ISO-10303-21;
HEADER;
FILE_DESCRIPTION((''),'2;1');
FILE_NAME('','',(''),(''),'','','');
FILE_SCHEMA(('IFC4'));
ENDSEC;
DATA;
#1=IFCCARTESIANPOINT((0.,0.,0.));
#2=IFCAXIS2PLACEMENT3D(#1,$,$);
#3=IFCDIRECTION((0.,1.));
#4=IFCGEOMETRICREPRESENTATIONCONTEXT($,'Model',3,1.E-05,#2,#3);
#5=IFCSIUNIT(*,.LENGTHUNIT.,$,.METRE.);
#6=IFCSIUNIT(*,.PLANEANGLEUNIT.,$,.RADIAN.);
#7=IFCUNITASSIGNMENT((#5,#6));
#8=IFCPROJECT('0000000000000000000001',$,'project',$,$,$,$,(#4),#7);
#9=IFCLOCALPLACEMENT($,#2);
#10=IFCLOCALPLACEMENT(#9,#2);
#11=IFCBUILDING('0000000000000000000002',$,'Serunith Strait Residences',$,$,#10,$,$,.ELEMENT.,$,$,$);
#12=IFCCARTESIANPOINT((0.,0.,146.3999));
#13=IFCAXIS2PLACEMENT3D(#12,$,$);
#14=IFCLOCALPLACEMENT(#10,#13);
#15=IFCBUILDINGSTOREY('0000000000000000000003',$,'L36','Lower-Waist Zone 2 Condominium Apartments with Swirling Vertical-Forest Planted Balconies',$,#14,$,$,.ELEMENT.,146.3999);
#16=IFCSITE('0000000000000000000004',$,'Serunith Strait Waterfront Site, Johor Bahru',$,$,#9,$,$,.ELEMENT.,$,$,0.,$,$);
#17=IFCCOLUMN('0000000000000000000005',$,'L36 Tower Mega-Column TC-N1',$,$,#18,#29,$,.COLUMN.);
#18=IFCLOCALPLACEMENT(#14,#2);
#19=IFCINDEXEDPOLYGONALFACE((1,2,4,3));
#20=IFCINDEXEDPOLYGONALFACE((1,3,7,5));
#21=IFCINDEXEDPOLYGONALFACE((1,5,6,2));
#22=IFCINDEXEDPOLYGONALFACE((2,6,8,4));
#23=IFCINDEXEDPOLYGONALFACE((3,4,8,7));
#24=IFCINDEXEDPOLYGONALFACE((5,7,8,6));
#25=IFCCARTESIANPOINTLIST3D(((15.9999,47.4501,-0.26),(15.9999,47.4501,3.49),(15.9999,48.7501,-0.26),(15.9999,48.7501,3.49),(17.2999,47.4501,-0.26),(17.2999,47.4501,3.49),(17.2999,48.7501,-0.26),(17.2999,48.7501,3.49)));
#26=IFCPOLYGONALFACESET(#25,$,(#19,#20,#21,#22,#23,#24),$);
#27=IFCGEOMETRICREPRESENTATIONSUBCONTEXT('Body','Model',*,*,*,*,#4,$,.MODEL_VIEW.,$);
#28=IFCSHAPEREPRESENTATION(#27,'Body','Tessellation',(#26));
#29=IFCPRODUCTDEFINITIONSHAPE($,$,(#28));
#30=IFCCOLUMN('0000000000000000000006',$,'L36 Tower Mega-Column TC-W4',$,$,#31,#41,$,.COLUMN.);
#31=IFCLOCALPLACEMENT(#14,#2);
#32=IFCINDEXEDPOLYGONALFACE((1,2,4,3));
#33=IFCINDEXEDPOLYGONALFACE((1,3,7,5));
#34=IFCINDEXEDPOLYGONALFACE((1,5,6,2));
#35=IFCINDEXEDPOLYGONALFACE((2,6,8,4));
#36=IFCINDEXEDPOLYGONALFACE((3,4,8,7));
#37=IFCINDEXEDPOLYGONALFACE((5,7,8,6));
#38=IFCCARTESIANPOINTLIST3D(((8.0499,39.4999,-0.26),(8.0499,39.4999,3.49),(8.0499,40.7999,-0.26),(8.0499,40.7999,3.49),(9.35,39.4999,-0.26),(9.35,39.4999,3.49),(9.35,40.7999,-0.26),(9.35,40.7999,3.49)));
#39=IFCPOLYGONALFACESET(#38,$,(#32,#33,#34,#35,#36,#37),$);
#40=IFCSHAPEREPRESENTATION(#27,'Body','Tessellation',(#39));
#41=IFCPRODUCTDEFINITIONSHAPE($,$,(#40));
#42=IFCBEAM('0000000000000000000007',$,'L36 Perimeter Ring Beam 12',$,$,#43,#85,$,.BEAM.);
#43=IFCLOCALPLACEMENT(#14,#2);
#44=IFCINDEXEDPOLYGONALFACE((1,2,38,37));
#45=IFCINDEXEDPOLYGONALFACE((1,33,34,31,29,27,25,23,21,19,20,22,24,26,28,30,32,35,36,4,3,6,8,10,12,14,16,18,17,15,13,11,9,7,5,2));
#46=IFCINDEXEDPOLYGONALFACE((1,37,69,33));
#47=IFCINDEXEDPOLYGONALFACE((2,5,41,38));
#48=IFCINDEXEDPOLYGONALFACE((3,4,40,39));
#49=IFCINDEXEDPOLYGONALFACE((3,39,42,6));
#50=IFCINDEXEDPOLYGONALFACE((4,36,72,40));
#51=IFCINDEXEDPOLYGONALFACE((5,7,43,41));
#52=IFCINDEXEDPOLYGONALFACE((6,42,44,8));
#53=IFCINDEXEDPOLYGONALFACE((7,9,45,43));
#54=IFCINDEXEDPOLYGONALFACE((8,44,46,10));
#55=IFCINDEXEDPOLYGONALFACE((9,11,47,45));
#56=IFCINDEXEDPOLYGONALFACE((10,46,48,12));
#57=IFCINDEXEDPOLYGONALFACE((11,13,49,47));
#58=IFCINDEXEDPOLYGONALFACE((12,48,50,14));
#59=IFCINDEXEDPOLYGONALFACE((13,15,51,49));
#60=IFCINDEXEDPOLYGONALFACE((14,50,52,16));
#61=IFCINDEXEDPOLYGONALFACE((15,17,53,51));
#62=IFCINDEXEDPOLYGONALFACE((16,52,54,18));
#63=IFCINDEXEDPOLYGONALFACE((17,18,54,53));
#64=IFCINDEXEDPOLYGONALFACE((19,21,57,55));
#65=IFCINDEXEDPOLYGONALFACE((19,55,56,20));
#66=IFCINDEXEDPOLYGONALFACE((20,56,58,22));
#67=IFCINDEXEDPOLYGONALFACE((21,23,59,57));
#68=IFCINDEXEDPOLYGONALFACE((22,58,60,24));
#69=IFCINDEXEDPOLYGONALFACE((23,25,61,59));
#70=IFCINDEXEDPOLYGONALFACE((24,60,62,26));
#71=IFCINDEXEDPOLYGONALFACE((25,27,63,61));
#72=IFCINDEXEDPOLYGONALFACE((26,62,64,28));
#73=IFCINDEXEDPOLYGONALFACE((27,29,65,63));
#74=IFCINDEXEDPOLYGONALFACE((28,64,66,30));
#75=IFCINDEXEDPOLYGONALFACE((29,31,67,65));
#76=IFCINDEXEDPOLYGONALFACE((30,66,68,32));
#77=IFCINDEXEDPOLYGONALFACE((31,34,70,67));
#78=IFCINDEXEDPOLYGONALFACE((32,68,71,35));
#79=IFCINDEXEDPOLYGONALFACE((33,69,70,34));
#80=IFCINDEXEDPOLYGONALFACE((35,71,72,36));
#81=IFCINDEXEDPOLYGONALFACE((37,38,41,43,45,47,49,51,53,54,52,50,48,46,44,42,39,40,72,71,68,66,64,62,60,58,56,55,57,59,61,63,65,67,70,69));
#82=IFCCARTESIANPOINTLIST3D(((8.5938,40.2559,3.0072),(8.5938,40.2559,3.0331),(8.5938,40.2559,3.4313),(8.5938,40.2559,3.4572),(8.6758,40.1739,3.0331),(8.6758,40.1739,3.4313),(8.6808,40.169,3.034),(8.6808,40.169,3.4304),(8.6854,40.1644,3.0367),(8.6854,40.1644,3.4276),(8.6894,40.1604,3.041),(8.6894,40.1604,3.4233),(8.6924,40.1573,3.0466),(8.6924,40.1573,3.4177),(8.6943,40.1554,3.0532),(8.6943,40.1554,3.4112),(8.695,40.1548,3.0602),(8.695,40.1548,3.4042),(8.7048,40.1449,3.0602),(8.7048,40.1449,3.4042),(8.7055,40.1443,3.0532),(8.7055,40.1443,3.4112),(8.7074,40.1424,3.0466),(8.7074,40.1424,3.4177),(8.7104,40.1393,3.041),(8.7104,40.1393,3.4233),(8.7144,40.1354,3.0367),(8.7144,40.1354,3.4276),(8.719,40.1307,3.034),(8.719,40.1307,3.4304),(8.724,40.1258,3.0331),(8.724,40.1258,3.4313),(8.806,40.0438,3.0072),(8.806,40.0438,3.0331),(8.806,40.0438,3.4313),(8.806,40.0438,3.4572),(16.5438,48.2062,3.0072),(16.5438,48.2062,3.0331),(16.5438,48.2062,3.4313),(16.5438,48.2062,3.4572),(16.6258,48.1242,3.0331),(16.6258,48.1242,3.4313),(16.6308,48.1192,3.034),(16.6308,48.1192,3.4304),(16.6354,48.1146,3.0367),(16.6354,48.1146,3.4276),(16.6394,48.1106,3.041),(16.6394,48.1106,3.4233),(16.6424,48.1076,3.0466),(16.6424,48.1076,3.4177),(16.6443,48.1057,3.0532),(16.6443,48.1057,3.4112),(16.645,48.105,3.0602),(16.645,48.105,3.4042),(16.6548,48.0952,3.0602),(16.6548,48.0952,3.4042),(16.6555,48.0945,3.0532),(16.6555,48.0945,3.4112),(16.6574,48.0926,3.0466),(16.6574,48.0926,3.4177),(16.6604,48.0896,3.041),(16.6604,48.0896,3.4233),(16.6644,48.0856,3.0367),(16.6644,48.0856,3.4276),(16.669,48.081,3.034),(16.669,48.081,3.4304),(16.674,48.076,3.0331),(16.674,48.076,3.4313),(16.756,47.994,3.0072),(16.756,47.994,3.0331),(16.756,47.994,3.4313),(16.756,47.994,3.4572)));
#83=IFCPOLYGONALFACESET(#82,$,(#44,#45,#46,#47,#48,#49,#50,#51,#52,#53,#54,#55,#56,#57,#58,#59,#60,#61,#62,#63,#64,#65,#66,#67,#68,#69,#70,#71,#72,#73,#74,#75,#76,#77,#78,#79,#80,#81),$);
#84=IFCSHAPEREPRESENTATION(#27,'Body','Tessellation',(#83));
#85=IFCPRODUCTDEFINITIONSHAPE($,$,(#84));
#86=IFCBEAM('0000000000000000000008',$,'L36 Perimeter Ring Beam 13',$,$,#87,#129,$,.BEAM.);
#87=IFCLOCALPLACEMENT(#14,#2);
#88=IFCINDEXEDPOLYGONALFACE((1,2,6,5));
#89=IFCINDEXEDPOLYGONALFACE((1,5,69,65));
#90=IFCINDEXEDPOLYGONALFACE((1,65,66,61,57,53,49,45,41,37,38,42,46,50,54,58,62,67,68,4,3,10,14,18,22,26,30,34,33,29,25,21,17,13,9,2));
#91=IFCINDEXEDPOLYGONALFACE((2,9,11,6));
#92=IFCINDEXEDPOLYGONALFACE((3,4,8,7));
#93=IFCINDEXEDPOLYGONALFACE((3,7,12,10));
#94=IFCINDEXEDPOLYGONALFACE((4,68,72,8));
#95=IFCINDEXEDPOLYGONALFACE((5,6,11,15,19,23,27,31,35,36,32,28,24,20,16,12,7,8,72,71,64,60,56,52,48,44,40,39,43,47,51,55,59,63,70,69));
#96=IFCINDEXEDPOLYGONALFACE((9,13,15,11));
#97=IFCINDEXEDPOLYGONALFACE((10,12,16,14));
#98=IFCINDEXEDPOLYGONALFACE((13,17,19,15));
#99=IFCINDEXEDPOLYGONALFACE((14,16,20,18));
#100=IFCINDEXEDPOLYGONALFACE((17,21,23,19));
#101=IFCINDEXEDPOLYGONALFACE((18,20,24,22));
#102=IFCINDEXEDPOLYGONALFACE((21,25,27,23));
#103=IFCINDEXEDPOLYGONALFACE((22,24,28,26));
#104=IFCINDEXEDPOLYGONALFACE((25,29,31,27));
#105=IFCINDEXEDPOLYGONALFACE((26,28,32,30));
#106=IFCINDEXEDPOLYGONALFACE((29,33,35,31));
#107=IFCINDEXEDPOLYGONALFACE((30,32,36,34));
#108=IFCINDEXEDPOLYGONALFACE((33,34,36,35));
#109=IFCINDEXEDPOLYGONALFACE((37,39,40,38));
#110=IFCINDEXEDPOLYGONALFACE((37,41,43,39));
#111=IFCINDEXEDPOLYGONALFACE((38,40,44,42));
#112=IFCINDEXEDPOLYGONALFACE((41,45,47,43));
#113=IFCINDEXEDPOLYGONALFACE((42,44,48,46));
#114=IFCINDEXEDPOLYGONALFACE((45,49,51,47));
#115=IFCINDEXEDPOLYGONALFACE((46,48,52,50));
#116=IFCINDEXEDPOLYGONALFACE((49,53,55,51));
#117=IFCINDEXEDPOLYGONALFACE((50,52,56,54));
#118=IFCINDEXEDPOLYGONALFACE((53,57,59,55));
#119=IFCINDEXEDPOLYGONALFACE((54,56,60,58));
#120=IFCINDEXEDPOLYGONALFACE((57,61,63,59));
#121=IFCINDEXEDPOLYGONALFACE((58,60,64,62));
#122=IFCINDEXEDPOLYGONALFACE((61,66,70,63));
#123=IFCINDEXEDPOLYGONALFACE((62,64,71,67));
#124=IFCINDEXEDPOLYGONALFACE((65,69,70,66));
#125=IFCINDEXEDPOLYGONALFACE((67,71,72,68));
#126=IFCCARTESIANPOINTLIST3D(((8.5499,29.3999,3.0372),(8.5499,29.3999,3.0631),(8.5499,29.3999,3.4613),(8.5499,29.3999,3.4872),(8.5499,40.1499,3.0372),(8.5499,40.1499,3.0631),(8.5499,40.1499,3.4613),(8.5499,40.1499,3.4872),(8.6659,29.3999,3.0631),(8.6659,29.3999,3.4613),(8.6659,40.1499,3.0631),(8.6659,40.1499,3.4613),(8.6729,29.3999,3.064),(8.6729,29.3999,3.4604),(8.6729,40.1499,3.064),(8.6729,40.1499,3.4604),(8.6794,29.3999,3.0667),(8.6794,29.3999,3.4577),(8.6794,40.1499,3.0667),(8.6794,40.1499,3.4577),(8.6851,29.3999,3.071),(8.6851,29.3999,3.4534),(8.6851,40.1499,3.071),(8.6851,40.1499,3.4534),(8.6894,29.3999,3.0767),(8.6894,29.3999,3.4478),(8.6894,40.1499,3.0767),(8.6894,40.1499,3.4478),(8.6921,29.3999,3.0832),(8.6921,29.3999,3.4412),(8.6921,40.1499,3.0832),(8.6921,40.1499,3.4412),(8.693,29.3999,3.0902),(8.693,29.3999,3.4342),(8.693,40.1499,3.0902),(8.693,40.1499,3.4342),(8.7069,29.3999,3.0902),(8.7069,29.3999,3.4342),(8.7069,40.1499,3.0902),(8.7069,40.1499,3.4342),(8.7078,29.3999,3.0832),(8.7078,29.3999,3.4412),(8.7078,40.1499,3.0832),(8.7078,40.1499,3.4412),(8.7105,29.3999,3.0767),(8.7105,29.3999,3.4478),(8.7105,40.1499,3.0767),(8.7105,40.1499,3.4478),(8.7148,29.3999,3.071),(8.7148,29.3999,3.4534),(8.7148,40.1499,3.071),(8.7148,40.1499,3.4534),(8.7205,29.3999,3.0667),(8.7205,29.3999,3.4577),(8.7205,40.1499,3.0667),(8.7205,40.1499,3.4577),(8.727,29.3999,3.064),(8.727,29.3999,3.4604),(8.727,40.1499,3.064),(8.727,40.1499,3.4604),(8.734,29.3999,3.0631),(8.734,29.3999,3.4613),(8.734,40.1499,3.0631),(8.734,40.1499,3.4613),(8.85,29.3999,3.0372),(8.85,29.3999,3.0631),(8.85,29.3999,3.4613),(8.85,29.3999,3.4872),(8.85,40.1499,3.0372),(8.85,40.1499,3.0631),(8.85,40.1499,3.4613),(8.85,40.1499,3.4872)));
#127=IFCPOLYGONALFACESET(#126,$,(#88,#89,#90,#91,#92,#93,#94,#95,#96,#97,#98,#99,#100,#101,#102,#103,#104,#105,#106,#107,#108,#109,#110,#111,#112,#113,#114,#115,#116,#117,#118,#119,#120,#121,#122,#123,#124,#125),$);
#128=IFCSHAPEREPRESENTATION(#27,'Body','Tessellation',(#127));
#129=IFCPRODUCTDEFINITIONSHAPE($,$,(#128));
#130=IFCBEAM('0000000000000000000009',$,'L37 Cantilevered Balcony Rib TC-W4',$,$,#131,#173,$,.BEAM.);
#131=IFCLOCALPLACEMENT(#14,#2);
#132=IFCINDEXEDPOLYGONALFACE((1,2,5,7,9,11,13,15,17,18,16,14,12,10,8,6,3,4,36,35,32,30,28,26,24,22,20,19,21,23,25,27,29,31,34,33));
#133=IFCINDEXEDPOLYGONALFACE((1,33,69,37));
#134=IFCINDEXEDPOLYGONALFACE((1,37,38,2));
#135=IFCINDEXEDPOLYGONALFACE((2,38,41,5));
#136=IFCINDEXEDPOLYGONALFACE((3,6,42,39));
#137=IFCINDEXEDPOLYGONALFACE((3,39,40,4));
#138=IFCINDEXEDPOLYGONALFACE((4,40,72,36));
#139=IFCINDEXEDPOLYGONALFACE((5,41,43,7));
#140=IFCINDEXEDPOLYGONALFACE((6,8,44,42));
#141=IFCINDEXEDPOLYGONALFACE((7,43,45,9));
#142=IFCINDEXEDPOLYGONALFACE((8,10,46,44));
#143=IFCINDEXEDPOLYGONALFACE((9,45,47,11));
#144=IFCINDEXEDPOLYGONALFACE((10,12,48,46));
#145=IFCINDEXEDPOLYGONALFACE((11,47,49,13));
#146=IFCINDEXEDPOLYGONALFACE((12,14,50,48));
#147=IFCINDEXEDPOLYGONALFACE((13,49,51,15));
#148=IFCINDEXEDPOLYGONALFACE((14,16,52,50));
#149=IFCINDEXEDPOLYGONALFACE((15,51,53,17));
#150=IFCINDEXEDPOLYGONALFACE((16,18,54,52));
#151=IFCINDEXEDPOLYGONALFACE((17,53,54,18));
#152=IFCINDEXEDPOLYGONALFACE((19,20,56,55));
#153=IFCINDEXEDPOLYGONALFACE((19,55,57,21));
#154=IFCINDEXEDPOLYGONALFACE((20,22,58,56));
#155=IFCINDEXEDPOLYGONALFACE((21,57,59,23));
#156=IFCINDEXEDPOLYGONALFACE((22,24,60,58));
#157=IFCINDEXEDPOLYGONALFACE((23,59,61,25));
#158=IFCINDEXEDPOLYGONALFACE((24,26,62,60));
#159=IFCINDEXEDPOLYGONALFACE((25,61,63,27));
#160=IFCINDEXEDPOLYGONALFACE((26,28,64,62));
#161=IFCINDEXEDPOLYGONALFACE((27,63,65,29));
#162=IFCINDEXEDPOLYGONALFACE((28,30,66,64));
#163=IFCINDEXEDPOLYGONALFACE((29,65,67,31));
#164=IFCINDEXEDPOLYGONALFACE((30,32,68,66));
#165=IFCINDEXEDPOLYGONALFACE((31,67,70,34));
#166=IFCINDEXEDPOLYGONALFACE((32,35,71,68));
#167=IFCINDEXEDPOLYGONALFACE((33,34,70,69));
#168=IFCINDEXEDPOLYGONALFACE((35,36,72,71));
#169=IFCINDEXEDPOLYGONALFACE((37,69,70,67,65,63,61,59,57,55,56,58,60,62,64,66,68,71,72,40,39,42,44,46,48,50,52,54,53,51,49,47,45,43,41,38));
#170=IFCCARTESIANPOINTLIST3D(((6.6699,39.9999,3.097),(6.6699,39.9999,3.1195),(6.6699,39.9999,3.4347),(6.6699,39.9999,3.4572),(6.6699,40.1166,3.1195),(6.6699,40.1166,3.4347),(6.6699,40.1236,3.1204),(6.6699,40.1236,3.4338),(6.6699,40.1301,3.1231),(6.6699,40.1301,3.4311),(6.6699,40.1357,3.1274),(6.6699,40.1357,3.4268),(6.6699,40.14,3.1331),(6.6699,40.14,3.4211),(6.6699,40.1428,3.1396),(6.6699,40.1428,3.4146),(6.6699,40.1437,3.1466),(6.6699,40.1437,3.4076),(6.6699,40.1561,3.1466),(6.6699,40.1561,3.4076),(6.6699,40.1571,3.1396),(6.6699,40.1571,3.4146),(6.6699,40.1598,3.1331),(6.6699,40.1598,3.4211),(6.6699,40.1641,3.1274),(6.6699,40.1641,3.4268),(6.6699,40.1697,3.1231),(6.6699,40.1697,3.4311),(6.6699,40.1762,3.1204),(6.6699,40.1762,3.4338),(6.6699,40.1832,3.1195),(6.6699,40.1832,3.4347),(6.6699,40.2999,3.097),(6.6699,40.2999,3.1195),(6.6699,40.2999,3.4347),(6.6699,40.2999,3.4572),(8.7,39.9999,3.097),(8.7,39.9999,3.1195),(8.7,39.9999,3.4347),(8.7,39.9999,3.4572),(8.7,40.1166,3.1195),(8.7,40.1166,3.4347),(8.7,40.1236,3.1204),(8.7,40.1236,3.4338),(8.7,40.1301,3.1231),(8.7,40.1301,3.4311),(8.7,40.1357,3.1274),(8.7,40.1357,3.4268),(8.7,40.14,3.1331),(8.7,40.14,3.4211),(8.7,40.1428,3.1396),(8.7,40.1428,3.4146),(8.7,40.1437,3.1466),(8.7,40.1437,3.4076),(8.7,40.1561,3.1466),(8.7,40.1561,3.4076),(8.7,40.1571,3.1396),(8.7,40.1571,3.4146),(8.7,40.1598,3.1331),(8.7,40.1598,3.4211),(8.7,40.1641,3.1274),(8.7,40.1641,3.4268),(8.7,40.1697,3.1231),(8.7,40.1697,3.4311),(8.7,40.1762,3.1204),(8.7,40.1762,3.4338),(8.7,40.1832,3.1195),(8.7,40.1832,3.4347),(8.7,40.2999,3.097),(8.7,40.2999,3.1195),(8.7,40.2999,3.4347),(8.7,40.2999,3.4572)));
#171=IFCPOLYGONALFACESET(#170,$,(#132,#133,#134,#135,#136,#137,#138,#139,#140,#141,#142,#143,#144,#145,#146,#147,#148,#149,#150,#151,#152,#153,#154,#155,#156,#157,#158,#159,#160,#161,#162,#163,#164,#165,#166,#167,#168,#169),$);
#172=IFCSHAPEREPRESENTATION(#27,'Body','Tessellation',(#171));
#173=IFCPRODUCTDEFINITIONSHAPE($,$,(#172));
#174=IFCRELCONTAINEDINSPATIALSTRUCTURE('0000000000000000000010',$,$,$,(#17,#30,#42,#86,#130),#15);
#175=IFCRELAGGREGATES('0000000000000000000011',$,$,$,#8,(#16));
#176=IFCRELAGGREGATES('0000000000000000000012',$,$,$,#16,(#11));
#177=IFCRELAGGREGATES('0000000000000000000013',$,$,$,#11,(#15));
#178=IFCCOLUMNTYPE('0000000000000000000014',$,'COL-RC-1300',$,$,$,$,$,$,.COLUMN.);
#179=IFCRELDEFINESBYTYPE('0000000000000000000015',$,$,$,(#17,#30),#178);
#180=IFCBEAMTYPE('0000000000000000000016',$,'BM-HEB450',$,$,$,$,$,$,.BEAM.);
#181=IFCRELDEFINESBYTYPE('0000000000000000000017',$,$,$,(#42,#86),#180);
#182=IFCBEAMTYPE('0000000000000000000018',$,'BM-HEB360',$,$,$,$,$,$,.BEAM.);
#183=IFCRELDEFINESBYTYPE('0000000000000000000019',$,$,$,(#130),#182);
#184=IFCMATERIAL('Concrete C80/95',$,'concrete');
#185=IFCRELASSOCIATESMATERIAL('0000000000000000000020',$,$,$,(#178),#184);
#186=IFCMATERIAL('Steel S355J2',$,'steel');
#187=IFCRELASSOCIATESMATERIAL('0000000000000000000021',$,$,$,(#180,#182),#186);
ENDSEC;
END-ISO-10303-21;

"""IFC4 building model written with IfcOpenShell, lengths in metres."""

from ifc_helpers import new_model, si_unit, direction, frame, origin, origin_2d, place, context, subcontext, project, spatial, rectangle, i_section, extrude, source, transform, mapped, material, material_profile, profile_set, type_object, element, save


model = new_model("IFC4")

# Units and contexts
model_context = context("Model", 3, precision=1e-05, world=origin(), true_north=direction((0.0, 1.0)))
body_context = subcontext(model_context, "Body", "Model", "MODEL_VIEW")
ifc_project = project(units=[si_unit("LENGTHUNIT", "METRE"), si_unit("PLANEANGLEUNIT", "RADIAN")], contexts=[model_context])

# Site, building, storey
site_placement = place(None, origin())
site = spatial("IfcSite", under=ifc_project, at=site_placement, Name="Serunith Strait Waterfront Site, Johor Bahru", CompositionType="ELEMENT", RefElevation=0.0)
building_placement = place(site_placement, origin())
building = spatial("IfcBuilding", under=site, at=building_placement, Name="Serunith Strait Residences", CompositionType="ELEMENT")
storey_placement = place(building_placement, frame((0.0, 0.0, 146.3999)))
storey = spatial("IfcBuildingStorey", under=building, at=storey_placement, Name="L36", Description="Lower-Waist Zone 2 Condominium Apartments with Swirling Vertical-Forest Planted Balconies", CompositionType="ELEMENT", Elevation=146.3999)

# Columns
ifc_material_1 = material(Name="Concrete C80/95", Category="concrete")
ifc_material_profile_1 = material_profile(ifc_material_1, rectangle(XDim=1.3, YDim=1.3, at=origin_2d()), Name="RC 1300x1300")
ifc_profile_set_1 = profile_set([ifc_material_profile_1], Name="Concrete C80/95")
column_type = type_object("IfcColumnType", Name="COL-RC-1300", PredefinedType="COLUMN", material=ifc_profile_set_1)
shared_shape_1 = source(origin(), body_context, "Body", "SweptSolid", [
    extrude(rectangle(XDim=1.3, YDim=1.3, at=origin_2d()), origin(), (0.0, 0.0, 1.0), 3.75),
])
for number, where, z_axis, x_axis, name in (
    (1, (16.6499, 48.1001, -0.26), (0.0, 0.0, 1.0), (1.0, 0.0, 0.0), "L36 Tower Mega-Column TC-N1"),
    (2, (8.7, 40.1499, -0.26), (0.0, 0.0, 1.0), (1.0, 0.0, 0.0), "L36 Tower Mega-Column TC-W4"),
):
    element("IfcColumn", number, at=place(storey_placement, frame(where, z_axis=z_axis, x_axis=x_axis)), inside=storey, type_object=column_type, Name=name, PredefinedType="COLUMN", context=body_context, shape_type="MappedRepresentation", body=[
        mapped(shared_shape_1, transform((0.0, 0.0, 0.0), scale=1.0)),
    ])

# Beams
ifc_material_2 = material(Name="Steel S355J2", Category="steel")
ifc_material_profile_2 = material_profile(ifc_material_2, i_section(OverallWidth=0.3, OverallDepth=0.45, WebThickness=0.0139, FlangeThickness=0.0259, FilletRadius=0.0271, at=origin_2d()), Name="HEB 450")
ifc_profile_set_2 = profile_set([ifc_material_profile_2], Name="Steel S355J2")
beam_type_1 = type_object("IfcBeamType", Name="BM-HEB450", PredefinedType="BEAM", material=ifc_profile_set_2)
shared_shape_2 = source(origin(), body_context, "Body", "SweptSolid", [
    extrude(i_section(OverallWidth=0.3, OverallDepth=0.45, WebThickness=0.0139, FlangeThickness=0.0259, FilletRadius=0.0271, at=origin_2d()), origin(), (0.0, 0.0, 1.0), 11.2432),
])
beam_1_placement = place(storey_placement, frame((16.6499, 48.1001, 3.2322), z_axis=(-0.707096, -0.707118, 0.0), x_axis=(0.707118, -0.707096, 0.0)))
element("IfcBeam", 3, at=beam_1_placement, inside=storey, type_object=beam_type_1, Name="L36 Perimeter Ring Beam 12", PredefinedType="BEAM", context=body_context, shape_type="MappedRepresentation", body=[
    mapped(shared_shape_2, transform((0.0, 0.0, 0.0), scale=1.0)),
])
shared_shape_3 = source(origin(), body_context, "Body", "SweptSolid", [
    extrude(i_section(OverallWidth=0.3, OverallDepth=0.45, WebThickness=0.0139, FlangeThickness=0.0259, FilletRadius=0.0271, at=origin_2d()), origin(), (0.0, 0.0, 1.0), 10.75),
])
beam_2_placement = place(storey_placement, frame((8.7, 40.1499, 3.2622), z_axis=(0.0, -1.0, 0.0), x_axis=(1.0, 0.0, 0.0)))
element("IfcBeam", 4, at=beam_2_placement, inside=storey, type_object=beam_type_1, Name="L36 Perimeter Ring Beam 13", PredefinedType="BEAM", context=body_context, shape_type="MappedRepresentation", body=[
    mapped(shared_shape_3, transform((0.0, 0.0, 0.0), scale=1.0)),
])
ifc_material_profile_3 = material_profile(ifc_material_2, i_section(OverallWidth=0.3, OverallDepth=0.3601, WebThickness=0.0125, FlangeThickness=0.0225, FilletRadius=0.0271, at=origin_2d()), Name="HEB 360")
ifc_profile_set_3 = profile_set([ifc_material_profile_3], Name="Steel S355J2")
beam_type_2 = type_object("IfcBeamType", Name="BM-HEB360", PredefinedType="BEAM", material=ifc_profile_set_3)
shared_shape_4 = source(origin(), body_context, "Body", "SweptSolid", [
    extrude(i_section(OverallWidth=0.3, OverallDepth=0.3601, WebThickness=0.0125, FlangeThickness=0.0225, FilletRadius=0.0271, at=origin_2d()), origin(), (0.0, 0.0, 1.0), 2.03),
])
beam_3_placement = place(storey_placement, frame((8.7, 40.1499, 3.2771), z_axis=(-1.0, 0.0, 0.0), x_axis=(0.0, -1.0, 0.0)))
element("IfcBeam", 5, at=beam_3_placement, inside=storey, type_object=beam_type_2, Name="L37 Cantilevered Balcony Rib TC-W4", PredefinedType="BEAM", context=body_context, shape_type="MappedRepresentation", body=[
    mapped(shared_shape_4, transform((0.0, 0.0, 0.0), scale=1.0)),
])

save(model, "model.ifc")
